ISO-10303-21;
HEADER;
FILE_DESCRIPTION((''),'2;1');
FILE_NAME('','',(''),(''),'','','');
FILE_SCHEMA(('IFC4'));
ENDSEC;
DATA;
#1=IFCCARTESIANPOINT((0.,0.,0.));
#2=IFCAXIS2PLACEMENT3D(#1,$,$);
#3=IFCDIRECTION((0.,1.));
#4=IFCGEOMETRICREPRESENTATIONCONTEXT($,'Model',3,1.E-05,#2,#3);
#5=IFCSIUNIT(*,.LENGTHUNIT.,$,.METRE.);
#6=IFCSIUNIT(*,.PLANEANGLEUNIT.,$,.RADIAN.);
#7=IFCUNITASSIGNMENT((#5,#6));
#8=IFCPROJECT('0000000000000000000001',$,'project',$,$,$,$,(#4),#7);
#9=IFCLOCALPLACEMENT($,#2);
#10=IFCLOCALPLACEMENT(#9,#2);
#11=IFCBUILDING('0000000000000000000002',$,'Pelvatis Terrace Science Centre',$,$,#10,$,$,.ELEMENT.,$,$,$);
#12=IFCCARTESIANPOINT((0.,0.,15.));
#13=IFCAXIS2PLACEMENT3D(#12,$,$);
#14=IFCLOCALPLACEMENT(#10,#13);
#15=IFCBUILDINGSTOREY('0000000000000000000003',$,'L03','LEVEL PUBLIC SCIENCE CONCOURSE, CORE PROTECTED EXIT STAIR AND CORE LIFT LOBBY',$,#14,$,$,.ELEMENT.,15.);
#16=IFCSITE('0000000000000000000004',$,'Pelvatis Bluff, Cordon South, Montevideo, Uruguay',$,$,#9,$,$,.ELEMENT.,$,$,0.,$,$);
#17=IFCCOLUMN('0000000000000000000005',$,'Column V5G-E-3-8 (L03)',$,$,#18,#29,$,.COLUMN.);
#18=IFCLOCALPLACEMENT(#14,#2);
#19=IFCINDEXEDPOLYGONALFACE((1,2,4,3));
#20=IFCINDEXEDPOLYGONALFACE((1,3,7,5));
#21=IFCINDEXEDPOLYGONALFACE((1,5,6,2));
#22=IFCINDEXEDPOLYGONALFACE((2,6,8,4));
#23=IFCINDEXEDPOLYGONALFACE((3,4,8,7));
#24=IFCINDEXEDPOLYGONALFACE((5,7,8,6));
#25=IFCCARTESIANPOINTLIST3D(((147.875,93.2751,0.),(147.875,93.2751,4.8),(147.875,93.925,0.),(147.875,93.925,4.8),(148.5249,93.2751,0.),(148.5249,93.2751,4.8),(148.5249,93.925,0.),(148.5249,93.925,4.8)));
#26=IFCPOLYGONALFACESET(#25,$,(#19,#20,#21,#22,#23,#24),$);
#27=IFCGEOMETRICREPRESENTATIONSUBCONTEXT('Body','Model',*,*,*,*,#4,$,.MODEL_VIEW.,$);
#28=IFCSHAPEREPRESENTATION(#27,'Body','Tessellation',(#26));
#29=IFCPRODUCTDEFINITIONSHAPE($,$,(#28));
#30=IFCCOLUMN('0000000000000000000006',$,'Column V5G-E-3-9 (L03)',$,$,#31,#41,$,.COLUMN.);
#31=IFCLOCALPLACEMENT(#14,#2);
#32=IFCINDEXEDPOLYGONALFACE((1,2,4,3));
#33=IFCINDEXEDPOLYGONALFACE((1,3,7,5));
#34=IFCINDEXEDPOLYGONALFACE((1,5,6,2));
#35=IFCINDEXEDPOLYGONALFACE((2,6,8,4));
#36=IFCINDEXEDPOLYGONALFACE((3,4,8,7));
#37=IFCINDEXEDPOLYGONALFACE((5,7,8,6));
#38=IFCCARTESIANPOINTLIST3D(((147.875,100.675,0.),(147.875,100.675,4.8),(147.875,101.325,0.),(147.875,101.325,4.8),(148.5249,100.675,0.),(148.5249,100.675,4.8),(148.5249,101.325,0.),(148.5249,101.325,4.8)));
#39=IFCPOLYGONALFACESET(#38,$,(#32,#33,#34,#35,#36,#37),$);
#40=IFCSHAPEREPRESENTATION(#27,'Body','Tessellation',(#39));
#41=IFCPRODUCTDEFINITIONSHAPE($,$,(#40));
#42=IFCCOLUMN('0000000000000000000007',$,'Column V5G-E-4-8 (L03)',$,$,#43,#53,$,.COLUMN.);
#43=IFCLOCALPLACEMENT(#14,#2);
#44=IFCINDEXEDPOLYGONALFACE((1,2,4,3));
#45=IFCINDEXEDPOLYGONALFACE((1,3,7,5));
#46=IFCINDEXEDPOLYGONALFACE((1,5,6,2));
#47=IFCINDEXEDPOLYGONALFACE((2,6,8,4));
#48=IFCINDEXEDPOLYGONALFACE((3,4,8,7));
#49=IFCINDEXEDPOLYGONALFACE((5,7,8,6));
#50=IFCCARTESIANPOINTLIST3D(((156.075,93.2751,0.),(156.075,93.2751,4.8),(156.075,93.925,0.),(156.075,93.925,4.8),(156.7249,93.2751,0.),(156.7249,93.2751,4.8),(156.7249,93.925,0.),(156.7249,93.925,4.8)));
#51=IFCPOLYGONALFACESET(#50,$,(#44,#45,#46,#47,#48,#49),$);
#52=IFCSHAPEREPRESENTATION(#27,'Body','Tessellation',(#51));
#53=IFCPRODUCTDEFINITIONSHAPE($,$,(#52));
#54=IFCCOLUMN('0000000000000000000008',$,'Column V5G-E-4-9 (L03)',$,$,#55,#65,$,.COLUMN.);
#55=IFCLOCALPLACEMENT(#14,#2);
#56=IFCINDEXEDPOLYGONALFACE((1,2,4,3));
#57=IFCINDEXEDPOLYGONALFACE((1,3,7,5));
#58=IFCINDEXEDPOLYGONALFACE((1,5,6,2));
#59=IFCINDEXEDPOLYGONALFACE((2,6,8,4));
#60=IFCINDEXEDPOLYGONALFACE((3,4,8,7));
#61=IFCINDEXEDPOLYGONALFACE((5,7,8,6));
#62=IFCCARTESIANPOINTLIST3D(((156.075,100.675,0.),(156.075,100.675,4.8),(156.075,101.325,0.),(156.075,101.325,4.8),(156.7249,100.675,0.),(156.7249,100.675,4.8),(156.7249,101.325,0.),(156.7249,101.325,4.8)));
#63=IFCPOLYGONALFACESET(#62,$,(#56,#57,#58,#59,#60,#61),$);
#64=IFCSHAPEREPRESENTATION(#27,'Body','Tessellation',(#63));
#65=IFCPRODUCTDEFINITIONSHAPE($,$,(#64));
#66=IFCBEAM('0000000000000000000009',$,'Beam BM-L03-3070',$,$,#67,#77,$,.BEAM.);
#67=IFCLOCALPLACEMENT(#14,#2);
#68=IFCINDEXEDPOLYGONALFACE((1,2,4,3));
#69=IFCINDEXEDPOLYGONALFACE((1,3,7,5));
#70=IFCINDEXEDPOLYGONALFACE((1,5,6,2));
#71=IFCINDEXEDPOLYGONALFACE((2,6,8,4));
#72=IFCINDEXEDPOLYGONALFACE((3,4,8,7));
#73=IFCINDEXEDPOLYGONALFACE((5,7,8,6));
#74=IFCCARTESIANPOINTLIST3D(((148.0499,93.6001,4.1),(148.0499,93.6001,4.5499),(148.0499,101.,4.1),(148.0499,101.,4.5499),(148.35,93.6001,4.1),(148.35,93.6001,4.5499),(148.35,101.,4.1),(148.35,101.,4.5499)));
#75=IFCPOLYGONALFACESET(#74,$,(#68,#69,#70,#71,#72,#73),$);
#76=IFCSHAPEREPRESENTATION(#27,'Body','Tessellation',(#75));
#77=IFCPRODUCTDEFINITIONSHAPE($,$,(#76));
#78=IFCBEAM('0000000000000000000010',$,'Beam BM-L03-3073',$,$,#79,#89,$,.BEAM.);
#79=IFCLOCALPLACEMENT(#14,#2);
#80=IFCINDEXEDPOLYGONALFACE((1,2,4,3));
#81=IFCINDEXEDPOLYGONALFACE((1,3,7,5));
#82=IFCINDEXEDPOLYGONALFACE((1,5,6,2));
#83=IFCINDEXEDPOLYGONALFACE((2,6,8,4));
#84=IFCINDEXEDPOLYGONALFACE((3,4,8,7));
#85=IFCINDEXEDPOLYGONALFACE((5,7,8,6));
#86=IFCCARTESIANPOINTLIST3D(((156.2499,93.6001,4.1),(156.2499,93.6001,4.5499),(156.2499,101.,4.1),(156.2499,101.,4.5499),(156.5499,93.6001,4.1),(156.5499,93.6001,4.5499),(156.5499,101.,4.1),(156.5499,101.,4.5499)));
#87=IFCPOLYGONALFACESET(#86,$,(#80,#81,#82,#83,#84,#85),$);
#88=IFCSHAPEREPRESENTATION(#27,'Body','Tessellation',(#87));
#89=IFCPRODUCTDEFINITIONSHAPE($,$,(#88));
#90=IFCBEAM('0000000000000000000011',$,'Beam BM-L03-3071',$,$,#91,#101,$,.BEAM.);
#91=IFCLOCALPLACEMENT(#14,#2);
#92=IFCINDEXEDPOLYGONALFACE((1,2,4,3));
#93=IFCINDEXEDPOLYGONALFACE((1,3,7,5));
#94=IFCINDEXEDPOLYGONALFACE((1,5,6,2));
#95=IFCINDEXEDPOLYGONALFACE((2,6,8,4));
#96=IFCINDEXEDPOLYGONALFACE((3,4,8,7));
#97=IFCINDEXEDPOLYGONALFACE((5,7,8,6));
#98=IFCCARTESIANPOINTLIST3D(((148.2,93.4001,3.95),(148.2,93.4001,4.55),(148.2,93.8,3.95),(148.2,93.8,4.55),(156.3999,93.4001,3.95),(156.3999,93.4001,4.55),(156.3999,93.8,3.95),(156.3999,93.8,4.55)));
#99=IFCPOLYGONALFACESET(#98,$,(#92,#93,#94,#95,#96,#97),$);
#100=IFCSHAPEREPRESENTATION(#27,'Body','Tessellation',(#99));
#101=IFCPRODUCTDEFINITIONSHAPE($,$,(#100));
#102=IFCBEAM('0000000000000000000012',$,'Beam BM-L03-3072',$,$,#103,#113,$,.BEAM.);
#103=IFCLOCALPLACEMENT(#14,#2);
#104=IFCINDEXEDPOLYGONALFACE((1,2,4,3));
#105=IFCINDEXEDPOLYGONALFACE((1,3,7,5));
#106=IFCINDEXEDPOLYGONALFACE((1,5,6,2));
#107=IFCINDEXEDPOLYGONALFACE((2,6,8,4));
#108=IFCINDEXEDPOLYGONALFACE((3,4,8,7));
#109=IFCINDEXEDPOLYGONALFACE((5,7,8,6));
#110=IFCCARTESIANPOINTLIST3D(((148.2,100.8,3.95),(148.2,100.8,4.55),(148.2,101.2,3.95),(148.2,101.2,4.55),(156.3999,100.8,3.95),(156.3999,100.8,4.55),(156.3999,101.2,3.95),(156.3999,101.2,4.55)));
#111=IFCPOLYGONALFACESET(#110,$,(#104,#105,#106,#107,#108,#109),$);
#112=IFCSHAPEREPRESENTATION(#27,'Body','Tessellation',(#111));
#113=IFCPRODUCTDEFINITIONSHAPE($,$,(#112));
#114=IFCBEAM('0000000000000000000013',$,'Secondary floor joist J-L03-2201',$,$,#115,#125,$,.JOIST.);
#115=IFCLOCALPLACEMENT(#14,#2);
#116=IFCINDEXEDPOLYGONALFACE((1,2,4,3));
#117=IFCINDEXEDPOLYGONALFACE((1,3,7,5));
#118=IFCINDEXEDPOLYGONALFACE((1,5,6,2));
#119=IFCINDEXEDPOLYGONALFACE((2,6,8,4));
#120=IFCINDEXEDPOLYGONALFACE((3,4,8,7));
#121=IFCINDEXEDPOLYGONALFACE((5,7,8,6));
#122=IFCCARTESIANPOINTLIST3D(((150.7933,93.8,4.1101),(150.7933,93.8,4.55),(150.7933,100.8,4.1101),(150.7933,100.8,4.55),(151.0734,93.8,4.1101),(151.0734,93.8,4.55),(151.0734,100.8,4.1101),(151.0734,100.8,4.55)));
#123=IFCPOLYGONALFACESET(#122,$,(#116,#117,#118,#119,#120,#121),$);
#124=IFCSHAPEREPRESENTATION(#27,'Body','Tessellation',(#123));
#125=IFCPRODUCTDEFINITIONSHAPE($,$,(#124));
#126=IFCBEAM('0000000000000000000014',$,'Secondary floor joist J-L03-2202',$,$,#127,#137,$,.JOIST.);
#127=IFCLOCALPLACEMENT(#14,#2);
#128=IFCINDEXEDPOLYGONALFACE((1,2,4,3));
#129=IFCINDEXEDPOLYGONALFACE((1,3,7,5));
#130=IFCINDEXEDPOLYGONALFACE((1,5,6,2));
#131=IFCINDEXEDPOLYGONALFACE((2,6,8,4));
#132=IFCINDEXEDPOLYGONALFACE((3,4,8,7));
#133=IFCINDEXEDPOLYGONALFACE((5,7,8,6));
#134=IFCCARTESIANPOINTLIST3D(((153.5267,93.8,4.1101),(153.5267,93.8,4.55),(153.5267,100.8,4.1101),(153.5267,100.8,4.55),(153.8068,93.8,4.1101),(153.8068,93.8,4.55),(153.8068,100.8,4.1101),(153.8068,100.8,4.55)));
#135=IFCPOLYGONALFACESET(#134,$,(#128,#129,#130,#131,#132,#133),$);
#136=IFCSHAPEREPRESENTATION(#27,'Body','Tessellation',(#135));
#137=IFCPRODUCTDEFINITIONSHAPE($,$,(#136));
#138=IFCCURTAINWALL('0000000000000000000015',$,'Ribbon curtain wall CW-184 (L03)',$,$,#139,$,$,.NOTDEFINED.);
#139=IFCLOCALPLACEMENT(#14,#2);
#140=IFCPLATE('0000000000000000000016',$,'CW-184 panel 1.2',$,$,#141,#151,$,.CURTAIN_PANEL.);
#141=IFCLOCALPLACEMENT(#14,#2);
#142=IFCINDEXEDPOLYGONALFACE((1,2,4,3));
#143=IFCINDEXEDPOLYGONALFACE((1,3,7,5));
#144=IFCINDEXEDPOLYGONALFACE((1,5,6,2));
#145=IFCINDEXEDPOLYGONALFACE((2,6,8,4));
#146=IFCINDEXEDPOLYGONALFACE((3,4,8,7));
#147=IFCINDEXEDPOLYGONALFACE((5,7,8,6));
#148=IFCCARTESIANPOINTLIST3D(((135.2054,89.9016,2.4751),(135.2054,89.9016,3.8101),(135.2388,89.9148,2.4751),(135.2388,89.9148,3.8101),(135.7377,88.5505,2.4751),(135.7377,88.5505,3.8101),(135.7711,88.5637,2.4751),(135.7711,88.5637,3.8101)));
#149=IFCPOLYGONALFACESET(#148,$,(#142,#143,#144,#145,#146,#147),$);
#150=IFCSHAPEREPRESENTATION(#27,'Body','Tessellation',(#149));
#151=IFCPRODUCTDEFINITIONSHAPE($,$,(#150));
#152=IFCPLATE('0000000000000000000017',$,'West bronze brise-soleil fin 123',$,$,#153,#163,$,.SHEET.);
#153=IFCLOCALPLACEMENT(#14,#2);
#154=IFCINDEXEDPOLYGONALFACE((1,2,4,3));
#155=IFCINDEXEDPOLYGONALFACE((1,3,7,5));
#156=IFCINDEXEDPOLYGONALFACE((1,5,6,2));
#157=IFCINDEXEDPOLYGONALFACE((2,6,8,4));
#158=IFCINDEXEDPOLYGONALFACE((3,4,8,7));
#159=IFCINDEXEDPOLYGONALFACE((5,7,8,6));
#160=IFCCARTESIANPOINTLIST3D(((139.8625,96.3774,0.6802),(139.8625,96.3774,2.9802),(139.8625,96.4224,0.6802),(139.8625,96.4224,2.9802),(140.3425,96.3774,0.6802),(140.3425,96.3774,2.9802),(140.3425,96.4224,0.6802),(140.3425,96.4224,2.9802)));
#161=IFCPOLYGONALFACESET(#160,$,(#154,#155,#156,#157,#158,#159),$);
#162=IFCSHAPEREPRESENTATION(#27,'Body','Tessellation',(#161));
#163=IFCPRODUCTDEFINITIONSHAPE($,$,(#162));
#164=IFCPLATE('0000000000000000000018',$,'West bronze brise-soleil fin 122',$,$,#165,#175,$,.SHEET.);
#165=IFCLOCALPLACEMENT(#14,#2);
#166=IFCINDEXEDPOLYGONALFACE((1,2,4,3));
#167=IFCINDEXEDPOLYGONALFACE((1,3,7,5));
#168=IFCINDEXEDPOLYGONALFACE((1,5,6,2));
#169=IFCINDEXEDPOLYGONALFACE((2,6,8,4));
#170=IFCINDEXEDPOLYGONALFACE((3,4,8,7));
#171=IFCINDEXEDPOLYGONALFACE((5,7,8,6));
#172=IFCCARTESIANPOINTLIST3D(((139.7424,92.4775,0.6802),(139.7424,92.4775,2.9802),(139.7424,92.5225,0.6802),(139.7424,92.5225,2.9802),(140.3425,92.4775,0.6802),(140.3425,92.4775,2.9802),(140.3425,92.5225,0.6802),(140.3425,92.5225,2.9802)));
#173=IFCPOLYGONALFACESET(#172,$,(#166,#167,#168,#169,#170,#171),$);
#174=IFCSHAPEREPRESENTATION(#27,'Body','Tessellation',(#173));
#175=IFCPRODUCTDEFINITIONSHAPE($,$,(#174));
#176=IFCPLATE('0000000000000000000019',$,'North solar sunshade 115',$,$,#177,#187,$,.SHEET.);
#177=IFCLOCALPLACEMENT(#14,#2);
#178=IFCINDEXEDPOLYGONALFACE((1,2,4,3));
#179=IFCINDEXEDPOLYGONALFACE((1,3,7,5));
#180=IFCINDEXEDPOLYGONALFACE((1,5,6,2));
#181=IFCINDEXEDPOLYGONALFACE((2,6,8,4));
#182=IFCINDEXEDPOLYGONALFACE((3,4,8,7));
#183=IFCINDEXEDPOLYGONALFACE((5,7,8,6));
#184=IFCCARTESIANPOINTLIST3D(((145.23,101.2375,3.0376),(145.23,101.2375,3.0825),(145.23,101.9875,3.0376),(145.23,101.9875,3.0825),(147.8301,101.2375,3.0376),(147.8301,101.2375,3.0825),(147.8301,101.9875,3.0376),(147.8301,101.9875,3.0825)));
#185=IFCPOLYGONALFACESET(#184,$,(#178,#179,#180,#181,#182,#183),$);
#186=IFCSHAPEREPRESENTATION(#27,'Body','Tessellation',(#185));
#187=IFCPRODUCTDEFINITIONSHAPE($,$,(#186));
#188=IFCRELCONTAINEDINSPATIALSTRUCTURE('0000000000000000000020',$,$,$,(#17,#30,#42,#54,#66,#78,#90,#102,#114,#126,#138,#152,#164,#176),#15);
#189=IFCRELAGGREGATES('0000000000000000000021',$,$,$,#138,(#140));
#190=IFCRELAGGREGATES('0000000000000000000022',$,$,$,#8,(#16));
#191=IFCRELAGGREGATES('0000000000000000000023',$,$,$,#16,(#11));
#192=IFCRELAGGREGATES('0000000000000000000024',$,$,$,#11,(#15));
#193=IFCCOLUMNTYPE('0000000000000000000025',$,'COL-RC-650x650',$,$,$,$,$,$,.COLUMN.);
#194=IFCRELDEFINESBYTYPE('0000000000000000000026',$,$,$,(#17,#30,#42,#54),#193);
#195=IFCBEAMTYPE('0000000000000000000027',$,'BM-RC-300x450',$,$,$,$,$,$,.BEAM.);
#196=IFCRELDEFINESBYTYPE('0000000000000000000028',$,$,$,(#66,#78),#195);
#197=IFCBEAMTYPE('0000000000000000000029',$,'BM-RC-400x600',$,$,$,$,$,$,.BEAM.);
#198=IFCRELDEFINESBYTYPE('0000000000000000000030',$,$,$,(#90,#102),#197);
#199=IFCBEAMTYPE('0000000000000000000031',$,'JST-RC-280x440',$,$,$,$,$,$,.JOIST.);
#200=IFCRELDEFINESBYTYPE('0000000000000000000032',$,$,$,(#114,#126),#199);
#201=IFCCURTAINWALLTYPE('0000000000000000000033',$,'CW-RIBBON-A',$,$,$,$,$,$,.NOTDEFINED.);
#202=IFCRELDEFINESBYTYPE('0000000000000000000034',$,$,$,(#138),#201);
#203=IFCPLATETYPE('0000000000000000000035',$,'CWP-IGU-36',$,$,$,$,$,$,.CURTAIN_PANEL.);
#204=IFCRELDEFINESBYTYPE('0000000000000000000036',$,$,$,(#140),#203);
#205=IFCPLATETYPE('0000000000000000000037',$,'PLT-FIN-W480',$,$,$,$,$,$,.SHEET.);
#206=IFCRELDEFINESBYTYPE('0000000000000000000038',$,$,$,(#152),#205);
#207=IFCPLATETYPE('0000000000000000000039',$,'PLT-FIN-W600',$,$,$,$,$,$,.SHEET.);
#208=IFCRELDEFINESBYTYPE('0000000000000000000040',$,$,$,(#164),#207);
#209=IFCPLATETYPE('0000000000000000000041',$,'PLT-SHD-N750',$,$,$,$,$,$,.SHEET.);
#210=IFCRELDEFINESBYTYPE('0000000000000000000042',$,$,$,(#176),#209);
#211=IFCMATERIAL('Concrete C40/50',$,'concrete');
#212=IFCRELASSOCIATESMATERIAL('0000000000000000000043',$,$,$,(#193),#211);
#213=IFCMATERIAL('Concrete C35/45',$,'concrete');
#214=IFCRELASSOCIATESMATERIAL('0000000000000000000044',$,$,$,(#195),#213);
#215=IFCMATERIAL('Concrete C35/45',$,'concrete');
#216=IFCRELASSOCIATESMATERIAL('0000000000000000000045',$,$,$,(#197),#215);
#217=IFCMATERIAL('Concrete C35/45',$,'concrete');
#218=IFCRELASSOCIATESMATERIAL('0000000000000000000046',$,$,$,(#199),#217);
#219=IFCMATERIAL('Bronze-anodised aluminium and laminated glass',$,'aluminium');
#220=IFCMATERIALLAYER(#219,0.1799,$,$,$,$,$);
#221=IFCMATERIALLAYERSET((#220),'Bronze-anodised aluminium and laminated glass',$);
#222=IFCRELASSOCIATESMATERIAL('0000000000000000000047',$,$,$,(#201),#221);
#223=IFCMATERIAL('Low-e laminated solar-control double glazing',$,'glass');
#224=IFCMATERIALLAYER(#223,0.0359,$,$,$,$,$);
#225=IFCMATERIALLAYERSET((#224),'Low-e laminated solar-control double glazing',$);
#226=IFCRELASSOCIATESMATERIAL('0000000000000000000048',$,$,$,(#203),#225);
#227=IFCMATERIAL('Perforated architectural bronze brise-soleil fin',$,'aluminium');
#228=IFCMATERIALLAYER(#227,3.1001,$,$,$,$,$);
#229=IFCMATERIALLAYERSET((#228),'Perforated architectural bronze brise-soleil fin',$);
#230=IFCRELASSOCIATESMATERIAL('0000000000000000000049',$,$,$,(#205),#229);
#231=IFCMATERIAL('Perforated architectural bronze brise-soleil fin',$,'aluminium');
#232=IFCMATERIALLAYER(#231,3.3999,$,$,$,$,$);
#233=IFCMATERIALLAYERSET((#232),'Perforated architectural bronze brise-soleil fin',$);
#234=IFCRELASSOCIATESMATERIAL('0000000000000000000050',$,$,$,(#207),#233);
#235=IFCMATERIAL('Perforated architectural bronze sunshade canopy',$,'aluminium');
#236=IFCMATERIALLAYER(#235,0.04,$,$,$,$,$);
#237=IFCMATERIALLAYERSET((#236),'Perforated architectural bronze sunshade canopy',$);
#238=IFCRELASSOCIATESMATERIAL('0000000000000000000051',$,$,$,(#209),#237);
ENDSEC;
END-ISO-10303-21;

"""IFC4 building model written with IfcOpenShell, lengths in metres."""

from ifc_helpers import new_model, si_unit, direction, frame, origin, origin_2d, place, context, subcontext, project, spatial, rectangle, extrude, material, layer, layer_set, material_profile, profile_set, type_object, element, aggregate, save


model = new_model("IFC4")

# Units and contexts
model_context = context("Model", 3, precision=1e-05, world=origin(), true_north=direction((0.0, 1.0)))
body_context = subcontext(model_context, "Body", "Model", "MODEL_VIEW")
ifc_project = project(units=[si_unit("LENGTHUNIT", "METRE"), si_unit("PLANEANGLEUNIT", "RADIAN")], contexts=[model_context])

# Site, building, storey
site_placement = place(None, origin())
site = spatial("IfcSite", under=ifc_project, at=site_placement, Name="Pelvatis Bluff, Cordon South, Montevideo, Uruguay", CompositionType="ELEMENT", RefElevation=0.0)
building_placement = place(site_placement, origin())
building = spatial("IfcBuilding", under=site, at=building_placement, Name="Pelvatis Terrace Science Centre", CompositionType="ELEMENT")
storey_placement = place(building_placement, frame((0.0, 0.0, 15.0)))
storey = spatial("IfcBuildingStorey", under=building, at=storey_placement, Name="L03", Description="LEVEL PUBLIC SCIENCE CONCOURSE, CORE PROTECTED EXIT STAIR AND CORE LIFT LOBBY", CompositionType="ELEMENT", Elevation=15.0)

# Columns
ifc_material_1 = material(Name="Concrete C40/50", Category="concrete")
ifc_material_profile_1 = material_profile(ifc_material_1, rectangle(XDim=0.6499, YDim=0.6499, at=origin_2d()), Name="RC-COL 650x650")
ifc_profile_set_1 = profile_set([ifc_material_profile_1], Name="Concrete C40/50")
column_type = type_object("IfcColumnType", Name="COL-RC-650x650", PredefinedType="COLUMN", material=ifc_profile_set_1)
for number, where, z_axis, x_axis, name in (
    (1, (148.2, 93.6001, 0.0), (0.0, 0.0, 1.0), (1.0, 0.0, 0.0), "Column V5G-E-3-8 (L03)"),
    (2, (148.2, 101.0, 0.0), (0.0, 0.0, 1.0), (1.0, 0.0, 0.0), "Column V5G-E-3-9 (L03)"),
    (3, (156.3999, 93.6001, 0.0), (0.0, 0.0, 1.0), (1.0, 0.0, 0.0), "Column V5G-E-4-8 (L03)"),
    (4, (156.3999, 101.0, 0.0), (0.0, 0.0, 1.0), (1.0, 0.0, 0.0), "Column V5G-E-4-9 (L03)"),
):
    element("IfcColumn", number, at=place(storey_placement, frame(where, z_axis=z_axis, x_axis=x_axis)), inside=storey, type_object=column_type, Name=name, PredefinedType="COLUMN", context=body_context, shape_type="SweptSolid", body=[
        extrude(rectangle(XDim=0.6499, YDim=0.6499, at=origin_2d()), origin(), (0.0, 0.0, 1.0), 4.8),
    ])

# Beams
ifc_material_2 = material(Name="Concrete C35/45", Category="concrete")
ifc_material_profile_2 = material_profile(ifc_material_2, rectangle(XDim=0.3, YDim=0.45, at=origin_2d()), Name="RC-BM 300x450")
ifc_profile_set_2 = profile_set([ifc_material_profile_2], Name="Concrete C35/45")
beam_type_1 = type_object("IfcBeamType", Name="BM-RC-300x450", PredefinedType="BEAM", material=ifc_profile_set_2)
for number, where, z_axis, x_axis, name in (
    (5, (148.2, 93.6001, 4.325), (0.0, 1.0, 0.0), (-1.0, 0.0, 0.0), "Beam BM-L03-3070"),
    (6, (156.3999, 93.6001, 4.325), (0.0, 1.0, 0.0), (-1.0, 0.0, 0.0), "Beam BM-L03-3073"),
):
    element("IfcBeam", number, at=place(storey_placement, frame(where, z_axis=z_axis, x_axis=x_axis)), inside=storey, type_object=beam_type_1, Name=name, PredefinedType="BEAM", context=body_context, shape_type="SweptSolid", body=[
        extrude(rectangle(XDim=0.3, YDim=0.45, at=origin_2d()), origin(), (0.0, 0.0, 1.0), 7.3999),
    ])
ifc_material_3 = material(Name="Concrete C35/45", Category="concrete")
ifc_material_profile_3 = material_profile(ifc_material_3, rectangle(XDim=0.3999, YDim=0.6001, at=origin_2d()), Name="RC-BM 400x600")
ifc_profile_set_3 = profile_set([ifc_material_profile_3], Name="Concrete C35/45")
beam_type_2 = type_object("IfcBeamType", Name="BM-RC-400x600", PredefinedType="BEAM", material=ifc_profile_set_3)
for number, where, z_axis, x_axis, name in (
    (7, (148.2, 93.6001, 4.25), (1.0, 0.0, 0.0), (0.0, 1.0, 0.0), "Beam BM-L03-3071"),
    (8, (148.2, 101.0, 4.25), (1.0, 0.0, 0.0), (0.0, 1.0, 0.0), "Beam BM-L03-3072"),
):
    element("IfcBeam", number, at=place(storey_placement, frame(where, z_axis=z_axis, x_axis=x_axis)), inside=storey, type_object=beam_type_2, Name=name, PredefinedType="BEAM", context=body_context, shape_type="SweptSolid", body=[
        extrude(rectangle(XDim=0.3999, YDim=0.6001, at=origin_2d()), origin(), (0.0, 0.0, 1.0), 8.2),
    ])
ifc_material_4 = material(Name="Concrete C35/45", Category="concrete")
ifc_material_profile_4 = material_profile(ifc_material_4, rectangle(XDim=0.28, YDim=0.4399, at=origin_2d()), Name="RC-JST 280x440")
ifc_profile_set_4 = profile_set([ifc_material_profile_4], Name="Concrete C35/45")
beam_type_3 = type_object("IfcBeamType", Name="JST-RC-280x440", PredefinedType="JOIST", material=ifc_profile_set_4)
for number, where, z_axis, x_axis, name in (
    (9, (150.9333, 93.8, 4.3301), (0.0, 1.0, 0.0), (-1.0, 0.0, 0.0), "Secondary floor joist J-L03-2201"),
    (10, (153.6667, 93.8, 4.3301), (0.0, 1.0, 0.0), (-1.0, 0.0, 0.0), "Secondary floor joist J-L03-2202"),
):
    element("IfcBeam", number, at=place(storey_placement, frame(where, z_axis=z_axis, x_axis=x_axis)), inside=storey, type_object=beam_type_3, Name=name, PredefinedType="JOIST", context=body_context, shape_type="SweptSolid", body=[
        extrude(rectangle(XDim=0.28, YDim=0.4399, at=origin_2d()), origin(), (0.0, 0.0, 1.0), 7.0),
    ])

# Curtain wall, plate
ifc_material_5 = material(Name="Bronze-anodised aluminium and laminated glass", Category="aluminium")
ifc_layer_1 = layer(ifc_material_5, 0.1799)
ifc_layer_set_1 = layer_set([ifc_layer_1], Name="Bronze-anodised aluminium and laminated glass")
curtain_wall_type = type_object("IfcCurtainWallType", Name="CW-RIBBON-A", PredefinedType="NOTDEFINED", material=ifc_layer_set_1)
curtain_wall_placement = place(storey_placement, origin())
curtain_wall = element("IfcCurtainWall", 11, at=curtain_wall_placement, inside=storey, type_object=curtain_wall_type, Name="Ribbon curtain wall CW-184 (L03)", PredefinedType="NOTDEFINED")
ifc_material_6 = material(Name="Low-e laminated solar-control double glazing", Category="glass")
ifc_layer_2 = layer(ifc_material_6, 0.0359)
ifc_layer_set_2 = layer_set([ifc_layer_2], Name="Low-e laminated solar-control double glazing")
plate_type_1 = type_object("IfcPlateType", Name="CWP-IGU-36", PredefinedType="CURTAIN_PANEL", material=ifc_layer_set_2)
plate_1_placement = place(storey_placement, frame((135.4883, 89.2327, 2.4751), z_axis=(0.0, 0.0, 1.0), x_axis=(-0.366541, 0.930402, 0.0)))
plate_1 = element("IfcPlate", 12, at=plate_1_placement, type_object=plate_type_1, Name="CW-184 panel 1.2", PredefinedType="CURTAIN_PANEL", context=body_context, shape_type="SweptSolid", body=[
    extrude(rectangle(XDim=1.4521, YDim=0.0359, at=origin_2d()), origin(), (0.0, 0.0, 1.0), 1.335),
])
aggregate(curtain_wall, [plate_1])

# Plates
ifc_material_7 = material(Name="Perforated architectural bronze brise-soleil fin", Category="aluminium")
ifc_layer_3 = layer(ifc_material_7, 3.1001)
ifc_layer_set_3 = layer_set([ifc_layer_3], Name="Perforated architectural bronze brise-soleil fin")
plate_type_2 = type_object("IfcPlateType", Name="PLT-FIN-W480", PredefinedType="SHEET", material=ifc_layer_set_3)
plate_2_placement = place(storey_placement, frame((140.1025, 96.3999, 0.6802), z_axis=(0.0, 0.0, 1.0), x_axis=(1.0, 0.0, 0.0)))
element("IfcPlate", 13, at=plate_2_placement, inside=storey, type_object=plate_type_2, Name="West bronze brise-soleil fin 123", PredefinedType="SHEET", context=body_context, shape_type="SweptSolid", body=[
    extrude(rectangle(XDim=0.48, YDim=0.0449, at=origin_2d()), origin(), (0.0, 0.0, 1.0), 2.3),
])
ifc_material_8 = material(Name="Perforated architectural bronze brise-soleil fin", Category="aluminium")
ifc_layer_4 = layer(ifc_material_8, 3.3999)
ifc_layer_set_4 = layer_set([ifc_layer_4], Name="Perforated architectural bronze brise-soleil fin")
plate_type_3 = type_object("IfcPlateType", Name="PLT-FIN-W600", PredefinedType="SHEET", material=ifc_layer_set_4)
plate_3_placement = place(storey_placement, frame((140.0425, 92.5, 0.6802), z_axis=(0.0, 0.0, 1.0), x_axis=(1.0, 0.0, 0.0)))
element("IfcPlate", 14, at=plate_3_placement, inside=storey, type_object=plate_type_3, Name="West bronze brise-soleil fin 122", PredefinedType="SHEET", context=body_context, shape_type="SweptSolid", body=[
    extrude(rectangle(XDim=0.6001, YDim=0.0449, at=origin_2d()), origin(), (0.0, 0.0, 1.0), 2.3),
])
ifc_material_9 = material(Name="Perforated architectural bronze sunshade canopy", Category="aluminium")
ifc_layer_5 = layer(ifc_material_9, 0.04)
ifc_layer_set_5 = layer_set([ifc_layer_5], Name="Perforated architectural bronze sunshade canopy")
plate_type_4 = type_object("IfcPlateType", Name="PLT-SHD-N750", PredefinedType="SHEET", material=ifc_layer_set_5)
plate_4_placement = place(storey_placement, frame((146.53, 101.6125, 3.0376), z_axis=(0.0, 0.0, 1.0), x_axis=(1.0, 0.0, 0.0)))
element("IfcPlate", 15, at=plate_4_placement, inside=storey, type_object=plate_type_4, Name="North solar sunshade 115", PredefinedType="SHEET", context=body_context, shape_type="SweptSolid", body=[
    extrude(rectangle(XDim=2.6001, YDim=0.75, at=origin_2d()), origin(), (0.0, 0.0, 1.0), 0.0449),
])

save(model, "model.ifc")
